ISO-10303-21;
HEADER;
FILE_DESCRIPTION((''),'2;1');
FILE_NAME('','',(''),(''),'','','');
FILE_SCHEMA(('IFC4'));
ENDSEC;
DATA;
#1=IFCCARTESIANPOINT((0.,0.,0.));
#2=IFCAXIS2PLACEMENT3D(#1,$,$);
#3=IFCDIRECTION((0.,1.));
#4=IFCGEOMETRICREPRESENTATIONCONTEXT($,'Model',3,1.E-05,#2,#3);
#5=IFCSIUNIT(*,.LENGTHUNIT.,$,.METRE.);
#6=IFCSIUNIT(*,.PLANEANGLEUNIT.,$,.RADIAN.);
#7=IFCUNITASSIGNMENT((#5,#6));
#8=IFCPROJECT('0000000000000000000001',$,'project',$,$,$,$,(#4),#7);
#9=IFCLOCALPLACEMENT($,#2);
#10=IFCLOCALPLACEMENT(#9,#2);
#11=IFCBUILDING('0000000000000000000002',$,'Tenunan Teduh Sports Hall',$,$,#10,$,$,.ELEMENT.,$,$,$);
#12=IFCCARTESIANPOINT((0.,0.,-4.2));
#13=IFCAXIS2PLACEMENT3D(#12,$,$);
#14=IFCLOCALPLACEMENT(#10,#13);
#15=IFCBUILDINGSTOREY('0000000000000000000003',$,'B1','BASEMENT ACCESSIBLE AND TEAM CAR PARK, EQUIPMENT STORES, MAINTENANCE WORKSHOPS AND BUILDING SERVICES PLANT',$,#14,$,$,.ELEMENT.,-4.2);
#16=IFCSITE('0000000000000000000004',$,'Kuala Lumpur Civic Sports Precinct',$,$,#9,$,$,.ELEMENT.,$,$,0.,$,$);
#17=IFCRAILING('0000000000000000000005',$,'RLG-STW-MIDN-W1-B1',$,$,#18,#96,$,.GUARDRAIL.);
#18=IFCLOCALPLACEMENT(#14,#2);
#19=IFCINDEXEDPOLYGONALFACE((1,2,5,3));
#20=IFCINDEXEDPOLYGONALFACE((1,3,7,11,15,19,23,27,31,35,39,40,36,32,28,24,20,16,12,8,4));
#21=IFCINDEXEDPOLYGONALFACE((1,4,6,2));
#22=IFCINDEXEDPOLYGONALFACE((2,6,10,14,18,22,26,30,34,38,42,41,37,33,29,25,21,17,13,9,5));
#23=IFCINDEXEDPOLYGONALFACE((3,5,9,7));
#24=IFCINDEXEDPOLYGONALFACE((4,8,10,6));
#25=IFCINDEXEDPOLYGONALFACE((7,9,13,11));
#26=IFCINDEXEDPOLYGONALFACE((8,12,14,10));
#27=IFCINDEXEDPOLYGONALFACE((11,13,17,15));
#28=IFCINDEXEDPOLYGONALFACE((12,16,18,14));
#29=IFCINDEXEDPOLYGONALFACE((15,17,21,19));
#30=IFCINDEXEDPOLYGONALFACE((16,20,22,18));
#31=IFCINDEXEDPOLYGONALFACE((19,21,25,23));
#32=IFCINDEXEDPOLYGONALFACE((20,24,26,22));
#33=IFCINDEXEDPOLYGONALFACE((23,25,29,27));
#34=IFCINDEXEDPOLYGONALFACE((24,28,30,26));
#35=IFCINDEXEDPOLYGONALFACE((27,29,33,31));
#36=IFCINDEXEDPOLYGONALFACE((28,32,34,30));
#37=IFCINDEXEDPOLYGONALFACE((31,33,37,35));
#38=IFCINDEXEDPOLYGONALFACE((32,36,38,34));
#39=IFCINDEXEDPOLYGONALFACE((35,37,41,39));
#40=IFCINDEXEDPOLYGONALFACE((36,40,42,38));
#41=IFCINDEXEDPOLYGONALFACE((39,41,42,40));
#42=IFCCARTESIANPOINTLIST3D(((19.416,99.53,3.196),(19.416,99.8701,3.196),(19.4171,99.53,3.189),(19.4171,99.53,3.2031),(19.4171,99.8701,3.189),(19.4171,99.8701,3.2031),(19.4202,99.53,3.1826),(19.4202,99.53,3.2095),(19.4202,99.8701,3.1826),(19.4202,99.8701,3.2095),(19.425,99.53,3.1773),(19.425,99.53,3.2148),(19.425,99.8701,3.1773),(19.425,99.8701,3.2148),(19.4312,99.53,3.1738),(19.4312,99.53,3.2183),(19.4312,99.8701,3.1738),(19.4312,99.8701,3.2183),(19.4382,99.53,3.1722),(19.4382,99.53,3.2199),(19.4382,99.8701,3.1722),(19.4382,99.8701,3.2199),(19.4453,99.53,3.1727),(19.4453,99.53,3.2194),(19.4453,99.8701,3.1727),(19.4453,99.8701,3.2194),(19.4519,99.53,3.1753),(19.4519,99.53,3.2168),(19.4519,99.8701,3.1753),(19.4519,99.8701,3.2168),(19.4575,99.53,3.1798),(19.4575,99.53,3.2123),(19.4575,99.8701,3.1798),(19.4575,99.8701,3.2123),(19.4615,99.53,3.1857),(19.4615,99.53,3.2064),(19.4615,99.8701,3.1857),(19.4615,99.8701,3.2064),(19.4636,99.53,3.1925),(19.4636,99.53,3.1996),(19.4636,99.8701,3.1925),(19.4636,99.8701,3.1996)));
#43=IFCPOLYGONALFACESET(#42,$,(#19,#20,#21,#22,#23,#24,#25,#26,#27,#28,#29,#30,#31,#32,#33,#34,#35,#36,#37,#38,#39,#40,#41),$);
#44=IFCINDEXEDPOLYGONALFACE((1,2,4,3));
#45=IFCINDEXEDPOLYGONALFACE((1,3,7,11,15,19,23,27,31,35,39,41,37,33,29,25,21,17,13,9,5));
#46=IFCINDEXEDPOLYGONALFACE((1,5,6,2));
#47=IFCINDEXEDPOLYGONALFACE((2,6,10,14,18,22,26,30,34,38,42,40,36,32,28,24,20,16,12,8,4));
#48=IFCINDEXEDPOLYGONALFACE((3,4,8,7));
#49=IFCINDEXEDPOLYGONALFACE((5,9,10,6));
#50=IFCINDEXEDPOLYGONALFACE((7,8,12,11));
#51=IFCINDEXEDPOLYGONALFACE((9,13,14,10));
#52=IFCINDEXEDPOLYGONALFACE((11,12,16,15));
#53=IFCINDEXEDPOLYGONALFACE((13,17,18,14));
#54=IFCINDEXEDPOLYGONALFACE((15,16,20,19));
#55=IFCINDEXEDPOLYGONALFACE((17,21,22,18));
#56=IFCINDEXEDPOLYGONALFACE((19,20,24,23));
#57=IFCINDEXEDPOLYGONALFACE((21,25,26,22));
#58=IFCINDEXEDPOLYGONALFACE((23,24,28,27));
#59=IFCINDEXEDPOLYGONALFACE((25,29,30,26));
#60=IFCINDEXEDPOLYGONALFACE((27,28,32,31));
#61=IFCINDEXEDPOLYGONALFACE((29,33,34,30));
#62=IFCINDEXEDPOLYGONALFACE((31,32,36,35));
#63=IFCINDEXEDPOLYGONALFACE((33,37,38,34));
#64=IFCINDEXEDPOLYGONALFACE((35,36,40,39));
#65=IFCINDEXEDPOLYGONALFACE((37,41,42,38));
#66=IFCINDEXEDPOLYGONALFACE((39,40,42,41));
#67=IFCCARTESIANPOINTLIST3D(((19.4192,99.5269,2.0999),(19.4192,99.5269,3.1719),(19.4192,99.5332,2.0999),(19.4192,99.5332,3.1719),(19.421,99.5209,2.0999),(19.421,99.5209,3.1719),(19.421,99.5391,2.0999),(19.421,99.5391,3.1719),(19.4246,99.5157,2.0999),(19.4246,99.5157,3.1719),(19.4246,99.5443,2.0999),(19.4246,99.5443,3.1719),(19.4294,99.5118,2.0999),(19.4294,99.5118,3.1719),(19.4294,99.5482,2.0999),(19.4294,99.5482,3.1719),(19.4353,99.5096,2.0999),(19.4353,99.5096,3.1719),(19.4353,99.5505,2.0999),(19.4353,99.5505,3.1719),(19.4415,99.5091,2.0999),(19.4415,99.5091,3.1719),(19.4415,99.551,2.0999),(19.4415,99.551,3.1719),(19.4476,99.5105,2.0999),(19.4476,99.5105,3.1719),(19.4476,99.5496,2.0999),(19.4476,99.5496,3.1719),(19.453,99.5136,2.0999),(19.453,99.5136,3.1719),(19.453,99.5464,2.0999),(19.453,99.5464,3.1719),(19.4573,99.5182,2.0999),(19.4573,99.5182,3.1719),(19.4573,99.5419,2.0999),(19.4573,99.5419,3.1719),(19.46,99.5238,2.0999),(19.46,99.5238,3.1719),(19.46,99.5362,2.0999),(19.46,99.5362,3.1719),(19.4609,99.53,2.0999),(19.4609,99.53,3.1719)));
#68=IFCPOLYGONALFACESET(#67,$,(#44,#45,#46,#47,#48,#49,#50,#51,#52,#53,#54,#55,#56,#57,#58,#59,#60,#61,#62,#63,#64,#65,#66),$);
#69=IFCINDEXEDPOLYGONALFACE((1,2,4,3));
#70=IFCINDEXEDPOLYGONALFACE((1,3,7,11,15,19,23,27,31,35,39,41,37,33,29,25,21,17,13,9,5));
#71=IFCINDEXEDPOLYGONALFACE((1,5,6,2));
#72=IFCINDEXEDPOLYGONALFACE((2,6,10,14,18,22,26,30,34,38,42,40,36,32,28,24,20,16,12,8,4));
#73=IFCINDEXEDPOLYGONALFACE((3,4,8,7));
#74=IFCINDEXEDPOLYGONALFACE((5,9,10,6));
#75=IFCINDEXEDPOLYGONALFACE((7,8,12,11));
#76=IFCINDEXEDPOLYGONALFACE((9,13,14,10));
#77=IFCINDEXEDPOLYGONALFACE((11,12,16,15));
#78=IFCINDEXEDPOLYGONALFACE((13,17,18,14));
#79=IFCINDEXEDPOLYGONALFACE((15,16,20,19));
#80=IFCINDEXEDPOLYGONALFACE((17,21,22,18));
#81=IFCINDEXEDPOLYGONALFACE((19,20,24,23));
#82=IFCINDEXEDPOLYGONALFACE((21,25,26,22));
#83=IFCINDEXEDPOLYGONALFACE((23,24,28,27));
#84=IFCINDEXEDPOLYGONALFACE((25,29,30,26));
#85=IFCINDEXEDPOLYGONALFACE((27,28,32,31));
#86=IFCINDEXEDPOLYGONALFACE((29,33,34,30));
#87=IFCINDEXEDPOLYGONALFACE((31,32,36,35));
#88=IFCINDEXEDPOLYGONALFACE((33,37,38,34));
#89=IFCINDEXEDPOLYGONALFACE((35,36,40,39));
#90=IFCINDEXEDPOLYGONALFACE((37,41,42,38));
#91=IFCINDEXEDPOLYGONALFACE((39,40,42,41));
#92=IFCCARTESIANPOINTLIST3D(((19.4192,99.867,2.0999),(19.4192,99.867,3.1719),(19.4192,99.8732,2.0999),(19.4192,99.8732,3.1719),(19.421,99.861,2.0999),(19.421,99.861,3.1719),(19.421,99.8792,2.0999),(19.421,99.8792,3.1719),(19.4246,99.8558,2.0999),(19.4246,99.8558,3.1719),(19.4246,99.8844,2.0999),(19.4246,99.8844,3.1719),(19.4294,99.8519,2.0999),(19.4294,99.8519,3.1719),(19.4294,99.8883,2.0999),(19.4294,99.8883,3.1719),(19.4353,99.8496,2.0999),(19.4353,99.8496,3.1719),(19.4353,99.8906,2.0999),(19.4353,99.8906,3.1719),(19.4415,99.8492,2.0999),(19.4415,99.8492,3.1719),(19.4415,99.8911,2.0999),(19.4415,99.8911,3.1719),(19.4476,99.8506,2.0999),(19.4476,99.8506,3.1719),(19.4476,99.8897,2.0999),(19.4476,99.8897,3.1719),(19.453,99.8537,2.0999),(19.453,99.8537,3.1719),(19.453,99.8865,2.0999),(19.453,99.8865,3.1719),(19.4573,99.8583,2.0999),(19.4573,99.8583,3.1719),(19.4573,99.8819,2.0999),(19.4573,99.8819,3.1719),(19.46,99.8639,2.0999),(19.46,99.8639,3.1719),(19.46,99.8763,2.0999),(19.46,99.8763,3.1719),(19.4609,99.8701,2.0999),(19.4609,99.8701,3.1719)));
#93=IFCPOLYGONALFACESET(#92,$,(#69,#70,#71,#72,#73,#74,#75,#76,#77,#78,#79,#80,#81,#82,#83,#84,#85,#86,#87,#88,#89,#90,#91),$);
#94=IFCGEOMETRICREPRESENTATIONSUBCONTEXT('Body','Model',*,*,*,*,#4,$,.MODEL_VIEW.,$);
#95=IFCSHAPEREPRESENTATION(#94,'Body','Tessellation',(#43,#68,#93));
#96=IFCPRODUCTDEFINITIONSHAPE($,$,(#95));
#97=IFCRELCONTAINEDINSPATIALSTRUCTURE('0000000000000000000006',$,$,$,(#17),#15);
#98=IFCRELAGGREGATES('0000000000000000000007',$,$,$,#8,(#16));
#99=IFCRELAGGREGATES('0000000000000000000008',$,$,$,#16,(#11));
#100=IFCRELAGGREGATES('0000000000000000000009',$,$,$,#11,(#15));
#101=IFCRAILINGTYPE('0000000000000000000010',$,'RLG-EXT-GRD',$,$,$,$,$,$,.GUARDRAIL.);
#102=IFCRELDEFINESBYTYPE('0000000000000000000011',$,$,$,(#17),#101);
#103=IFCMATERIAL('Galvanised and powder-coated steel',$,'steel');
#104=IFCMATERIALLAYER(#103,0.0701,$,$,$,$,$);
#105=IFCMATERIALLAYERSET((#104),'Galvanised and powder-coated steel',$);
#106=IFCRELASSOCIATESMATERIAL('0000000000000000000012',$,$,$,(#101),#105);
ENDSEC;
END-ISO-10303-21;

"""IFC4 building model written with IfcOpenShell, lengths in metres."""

from ifc_helpers import new_model, si_unit, direction, frame, origin, origin_2d, place, context, subcontext, project, spatial, circle, extrude, material, layer, layer_set, type_object, element, save


model = new_model("IFC4")

# Units and contexts
model_context = context("Model", 3, precision=1e-05, world=origin(), true_north=direction((0.0, 1.0)))
body_context = subcontext(model_context, "Body", "Model", "MODEL_VIEW")
ifc_project = project(units=[si_unit("LENGTHUNIT", "METRE"), si_unit("PLANEANGLEUNIT", "RADIAN")], contexts=[model_context])

# Site, building, storey
site_placement = place(None, origin())
site = spatial("IfcSite", under=ifc_project, at=site_placement, Name="Kuala Lumpur Civic Sports Precinct", CompositionType="ELEMENT", RefElevation=0.0)
building_placement = place(site_placement, origin())
building = spatial("IfcBuilding", under=site, at=building_placement, Name="Tenunan Teduh Sports Hall", CompositionType="ELEMENT")
storey_placement = place(building_placement, frame((0.0, 0.0, -4.2)))
storey = spatial("IfcBuildingStorey", under=building, at=storey_placement, Name="B1", Description="BASEMENT ACCESSIBLE AND TEAM CAR PARK, EQUIPMENT STORES, MAINTENANCE WORKSHOPS AND BUILDING SERVICES PLANT", CompositionType="ELEMENT", Elevation=-4.2)

# Railing
ifc_material_1 = material(Name="Galvanised and powder-coated steel", Category="steel")
ifc_layer_1 = layer(ifc_material_1, 0.0701)
ifc_layer_set_1 = layer_set([ifc_layer_1], Name="Galvanised and powder-coated steel")
railing_type_1 = type_object("IfcRailingType", Name="RLG-EXT-GRD", PredefinedType="GUARDRAIL", material=ifc_layer_set_1)
railing_1_placement = place(storey_placement, frame((19.4399, 99.53, 2.0999)))
element("IfcRailing", 1, at=railing_1_placement, inside=storey, type_object=railing_type_1, Name="RLG-STW-MIDN-W1-B1", PredefinedType="GUARDRAIL", context=body_context, shape_type="SweptSolid", body=[
    extrude(circle(Radius=0.0239, at=origin_2d()), frame((0.0, 0.0, 1.0962), z_axis=(0.0, 1.0, 0.0), x_axis=(-1.0, 0.0, 0.0)), (0.0, 0.0, 1.0), 0.3401),
    extrude(circle(Radius=0.021, at=origin_2d()), origin(), (0.0, 0.0, 1.0), 1.072),
    extrude(circle(Radius=0.021, at=origin_2d()), frame((0.0, 0.3401, 0.0)), (0.0, 0.0, 1.0), 1.072),
])

save(model, "model.ifc")
